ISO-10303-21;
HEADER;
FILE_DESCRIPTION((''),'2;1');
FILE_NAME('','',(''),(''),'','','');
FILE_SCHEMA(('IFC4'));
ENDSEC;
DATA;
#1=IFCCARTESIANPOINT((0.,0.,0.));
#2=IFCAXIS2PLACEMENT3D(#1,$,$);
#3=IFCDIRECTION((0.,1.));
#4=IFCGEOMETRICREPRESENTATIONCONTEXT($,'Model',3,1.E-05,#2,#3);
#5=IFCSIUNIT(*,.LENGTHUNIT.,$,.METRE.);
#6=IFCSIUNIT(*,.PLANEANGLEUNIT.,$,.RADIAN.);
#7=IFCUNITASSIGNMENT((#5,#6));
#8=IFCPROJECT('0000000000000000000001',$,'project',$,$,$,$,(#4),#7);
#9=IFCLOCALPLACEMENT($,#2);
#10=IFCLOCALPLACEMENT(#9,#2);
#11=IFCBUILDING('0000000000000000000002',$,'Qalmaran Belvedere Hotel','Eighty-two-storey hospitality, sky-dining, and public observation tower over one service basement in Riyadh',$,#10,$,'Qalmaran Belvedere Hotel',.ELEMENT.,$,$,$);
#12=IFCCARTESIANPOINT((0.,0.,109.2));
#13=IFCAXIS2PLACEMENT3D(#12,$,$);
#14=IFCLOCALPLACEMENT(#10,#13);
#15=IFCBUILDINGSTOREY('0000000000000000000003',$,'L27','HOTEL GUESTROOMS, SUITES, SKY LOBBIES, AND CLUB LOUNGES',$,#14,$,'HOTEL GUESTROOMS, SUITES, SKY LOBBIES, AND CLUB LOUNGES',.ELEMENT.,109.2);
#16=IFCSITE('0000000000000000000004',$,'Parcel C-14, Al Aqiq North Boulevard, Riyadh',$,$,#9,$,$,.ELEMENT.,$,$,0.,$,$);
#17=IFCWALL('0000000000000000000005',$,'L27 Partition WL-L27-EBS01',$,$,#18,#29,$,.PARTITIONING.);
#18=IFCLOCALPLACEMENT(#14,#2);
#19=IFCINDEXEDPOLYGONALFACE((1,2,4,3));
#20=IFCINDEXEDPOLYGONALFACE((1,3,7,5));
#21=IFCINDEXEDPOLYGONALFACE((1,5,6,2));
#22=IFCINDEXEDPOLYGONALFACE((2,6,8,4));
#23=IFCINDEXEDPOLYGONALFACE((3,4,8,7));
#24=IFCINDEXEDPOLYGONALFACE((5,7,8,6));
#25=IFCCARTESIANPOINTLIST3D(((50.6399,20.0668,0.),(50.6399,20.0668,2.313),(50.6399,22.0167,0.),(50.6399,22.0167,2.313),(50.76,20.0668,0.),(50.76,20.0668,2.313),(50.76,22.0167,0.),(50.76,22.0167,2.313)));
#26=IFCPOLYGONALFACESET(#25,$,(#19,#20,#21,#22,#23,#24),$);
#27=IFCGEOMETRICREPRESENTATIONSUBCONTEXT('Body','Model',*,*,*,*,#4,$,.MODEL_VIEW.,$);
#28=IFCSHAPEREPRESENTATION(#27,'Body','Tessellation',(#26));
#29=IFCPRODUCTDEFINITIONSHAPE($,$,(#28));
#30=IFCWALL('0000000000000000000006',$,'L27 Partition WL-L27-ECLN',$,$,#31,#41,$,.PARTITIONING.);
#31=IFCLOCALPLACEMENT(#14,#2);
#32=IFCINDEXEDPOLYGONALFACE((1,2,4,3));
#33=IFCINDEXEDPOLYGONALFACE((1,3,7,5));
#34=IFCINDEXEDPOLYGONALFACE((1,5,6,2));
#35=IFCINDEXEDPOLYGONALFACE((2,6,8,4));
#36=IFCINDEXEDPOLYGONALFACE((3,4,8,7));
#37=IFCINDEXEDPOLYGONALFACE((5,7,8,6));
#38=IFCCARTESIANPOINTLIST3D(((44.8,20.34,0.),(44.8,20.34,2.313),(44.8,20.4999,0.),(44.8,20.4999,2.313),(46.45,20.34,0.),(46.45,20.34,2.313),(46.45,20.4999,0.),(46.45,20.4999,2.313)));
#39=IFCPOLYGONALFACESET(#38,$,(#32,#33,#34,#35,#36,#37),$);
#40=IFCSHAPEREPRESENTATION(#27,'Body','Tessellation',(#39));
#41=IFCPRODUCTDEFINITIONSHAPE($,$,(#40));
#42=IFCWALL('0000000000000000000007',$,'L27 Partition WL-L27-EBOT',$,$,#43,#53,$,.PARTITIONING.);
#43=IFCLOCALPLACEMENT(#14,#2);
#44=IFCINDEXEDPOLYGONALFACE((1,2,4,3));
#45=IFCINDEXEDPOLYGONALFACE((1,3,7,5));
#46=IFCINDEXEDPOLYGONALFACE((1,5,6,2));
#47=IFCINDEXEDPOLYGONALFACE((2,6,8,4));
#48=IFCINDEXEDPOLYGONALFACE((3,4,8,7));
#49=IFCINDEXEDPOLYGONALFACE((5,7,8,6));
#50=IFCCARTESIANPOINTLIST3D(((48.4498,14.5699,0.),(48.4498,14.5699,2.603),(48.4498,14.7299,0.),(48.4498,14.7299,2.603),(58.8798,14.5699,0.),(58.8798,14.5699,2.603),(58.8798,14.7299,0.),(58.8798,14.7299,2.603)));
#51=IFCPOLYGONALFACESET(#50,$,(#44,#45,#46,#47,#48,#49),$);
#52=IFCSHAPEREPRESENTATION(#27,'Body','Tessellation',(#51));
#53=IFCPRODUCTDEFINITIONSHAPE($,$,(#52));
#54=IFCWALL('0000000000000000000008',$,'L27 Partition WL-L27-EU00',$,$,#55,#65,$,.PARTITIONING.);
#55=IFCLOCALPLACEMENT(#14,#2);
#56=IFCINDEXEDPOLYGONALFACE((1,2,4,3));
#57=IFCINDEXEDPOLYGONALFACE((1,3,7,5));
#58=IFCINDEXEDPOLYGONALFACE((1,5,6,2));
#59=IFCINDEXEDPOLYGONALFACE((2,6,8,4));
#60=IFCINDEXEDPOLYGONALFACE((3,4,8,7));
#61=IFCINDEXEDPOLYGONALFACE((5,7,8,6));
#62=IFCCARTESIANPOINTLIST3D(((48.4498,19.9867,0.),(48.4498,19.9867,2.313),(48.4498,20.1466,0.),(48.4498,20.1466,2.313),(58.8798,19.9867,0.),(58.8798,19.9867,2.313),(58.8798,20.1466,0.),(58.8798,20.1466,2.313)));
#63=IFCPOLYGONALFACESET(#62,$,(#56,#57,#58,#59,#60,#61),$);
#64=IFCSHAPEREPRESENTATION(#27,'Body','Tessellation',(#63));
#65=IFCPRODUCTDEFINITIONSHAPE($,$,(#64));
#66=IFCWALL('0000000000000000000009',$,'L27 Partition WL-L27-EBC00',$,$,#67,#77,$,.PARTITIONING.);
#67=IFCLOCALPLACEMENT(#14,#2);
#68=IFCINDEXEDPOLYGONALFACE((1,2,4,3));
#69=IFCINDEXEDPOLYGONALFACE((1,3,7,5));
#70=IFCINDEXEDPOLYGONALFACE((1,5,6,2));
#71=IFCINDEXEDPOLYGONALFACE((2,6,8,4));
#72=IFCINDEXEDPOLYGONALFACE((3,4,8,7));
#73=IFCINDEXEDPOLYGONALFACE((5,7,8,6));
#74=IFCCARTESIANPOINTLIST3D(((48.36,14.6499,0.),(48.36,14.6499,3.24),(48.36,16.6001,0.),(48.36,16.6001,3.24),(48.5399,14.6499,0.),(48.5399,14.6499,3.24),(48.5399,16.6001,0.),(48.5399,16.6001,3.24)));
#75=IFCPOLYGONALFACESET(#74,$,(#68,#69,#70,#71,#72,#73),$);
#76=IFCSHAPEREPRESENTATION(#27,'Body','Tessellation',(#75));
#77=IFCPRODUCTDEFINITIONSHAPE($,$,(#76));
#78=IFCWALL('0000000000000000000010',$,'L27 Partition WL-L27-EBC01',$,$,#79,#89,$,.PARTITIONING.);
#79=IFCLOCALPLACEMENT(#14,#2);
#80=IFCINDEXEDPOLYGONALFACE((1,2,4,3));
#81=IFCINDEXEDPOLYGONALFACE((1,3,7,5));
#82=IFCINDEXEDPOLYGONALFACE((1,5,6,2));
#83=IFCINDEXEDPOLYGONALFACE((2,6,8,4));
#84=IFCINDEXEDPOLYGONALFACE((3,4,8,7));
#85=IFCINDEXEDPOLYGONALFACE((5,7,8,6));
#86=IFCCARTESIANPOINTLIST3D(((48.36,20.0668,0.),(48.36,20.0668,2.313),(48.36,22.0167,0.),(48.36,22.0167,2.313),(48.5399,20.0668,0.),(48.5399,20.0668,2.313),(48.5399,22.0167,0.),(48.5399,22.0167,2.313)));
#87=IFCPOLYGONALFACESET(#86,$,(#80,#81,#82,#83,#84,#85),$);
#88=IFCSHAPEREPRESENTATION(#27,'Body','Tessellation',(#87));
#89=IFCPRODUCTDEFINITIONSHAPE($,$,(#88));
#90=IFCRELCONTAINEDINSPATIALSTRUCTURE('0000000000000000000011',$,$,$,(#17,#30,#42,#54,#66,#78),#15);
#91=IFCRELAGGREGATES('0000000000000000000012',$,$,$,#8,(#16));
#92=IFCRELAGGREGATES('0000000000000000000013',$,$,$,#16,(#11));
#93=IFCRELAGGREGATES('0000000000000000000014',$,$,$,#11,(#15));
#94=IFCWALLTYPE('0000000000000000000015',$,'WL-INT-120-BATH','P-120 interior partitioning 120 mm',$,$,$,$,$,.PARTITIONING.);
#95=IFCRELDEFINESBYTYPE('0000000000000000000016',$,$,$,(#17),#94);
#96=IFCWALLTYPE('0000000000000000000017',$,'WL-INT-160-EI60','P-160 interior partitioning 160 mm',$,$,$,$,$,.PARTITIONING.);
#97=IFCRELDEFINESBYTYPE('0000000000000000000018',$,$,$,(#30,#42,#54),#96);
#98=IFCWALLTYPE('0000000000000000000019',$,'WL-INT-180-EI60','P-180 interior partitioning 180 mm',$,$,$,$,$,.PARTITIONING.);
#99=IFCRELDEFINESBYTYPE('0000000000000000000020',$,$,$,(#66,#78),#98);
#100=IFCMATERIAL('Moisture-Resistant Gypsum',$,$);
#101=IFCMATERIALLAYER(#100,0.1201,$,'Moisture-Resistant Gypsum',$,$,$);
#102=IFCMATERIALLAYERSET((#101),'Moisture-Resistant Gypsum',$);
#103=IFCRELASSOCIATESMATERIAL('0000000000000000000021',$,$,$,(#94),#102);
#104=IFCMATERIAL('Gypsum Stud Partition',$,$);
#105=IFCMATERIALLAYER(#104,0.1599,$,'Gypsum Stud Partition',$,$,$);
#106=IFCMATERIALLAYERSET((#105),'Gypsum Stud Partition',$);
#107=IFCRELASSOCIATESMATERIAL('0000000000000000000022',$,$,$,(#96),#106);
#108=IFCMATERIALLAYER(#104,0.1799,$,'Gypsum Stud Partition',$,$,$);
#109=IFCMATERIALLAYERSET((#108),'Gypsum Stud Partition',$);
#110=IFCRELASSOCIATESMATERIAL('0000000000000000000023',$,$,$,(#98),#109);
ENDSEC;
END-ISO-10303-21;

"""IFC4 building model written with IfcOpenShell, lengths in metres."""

from ifc_helpers import new_model, si_unit, direction, frame, frame_2d, origin, place, context, subcontext, project, spatial, rectangle, extrude, material, layer, layer_set, type_object, element, save


model = new_model("IFC4")

# Units and contexts
model_context = context("Model", 3, precision=1e-05, world=origin(), true_north=direction((0.0, 1.0)))
body_context = subcontext(model_context, "Body", "Model", "MODEL_VIEW")
ifc_project = project(units=[si_unit("LENGTHUNIT", "METRE"), si_unit("PLANEANGLEUNIT", "RADIAN")], contexts=[model_context])

# Site, building, storey
site_placement = place(None, origin())
site = spatial("IfcSite", under=ifc_project, at=site_placement, Name="Parcel C-14, Al Aqiq North Boulevard, Riyadh", CompositionType="ELEMENT", RefElevation=0.0)
building_placement = place(site_placement, origin())
building = spatial("IfcBuilding", under=site, at=building_placement, Name="Qalmaran Belvedere Hotel", Description="Eighty-two-storey hospitality, sky-dining, and public observation tower over one service basement in Riyadh", LongName="Qalmaran Belvedere Hotel", CompositionType="ELEMENT")
storey_placement = place(building_placement, frame((0.0, 0.0, 109.2)))
storey = spatial("IfcBuildingStorey", under=building, at=storey_placement, Name="L27", Description="HOTEL GUESTROOMS, SUITES, SKY LOBBIES, AND CLUB LOUNGES", LongName="HOTEL GUESTROOMS, SUITES, SKY LOBBIES, AND CLUB LOUNGES", CompositionType="ELEMENT", Elevation=109.2)

# Shared definitions
ifc_material_1 = material(Name="Moisture-Resistant Gypsum")
ifc_layer_1 = layer(ifc_material_1, 0.1201, Name="Moisture-Resistant Gypsum")
ifc_layer_set_1 = layer_set([ifc_layer_1], Name="Moisture-Resistant Gypsum")
wall_type_1 = type_object("IfcWallType", Name="WL-INT-120-BATH", Description="P-120 interior partitioning 120 mm", PredefinedType="PARTITIONING", material=ifc_layer_set_1)

# Walls
wall_1_placement = place(storey_placement, frame((50.7, 20.0667, 0.0), z_axis=(0.0, 0.0, 1.0), x_axis=(0.0, 1.0, 0.0)))
element("IfcWall", 1, at=wall_1_placement, inside=storey, type_object=wall_type_1, Name="L27 Partition WL-L27-EBS01", PredefinedType="PARTITIONING", context=body_context, shape_type="SweptSolid", body=[
    extrude(rectangle(XDim=1.95, YDim=0.1201, at=frame_2d((0.9751, 0.0))), origin(), (0.0, 0.0, 1.0), 2.313),
])
ifc_material_2 = material(Name="Gypsum Stud Partition")
ifc_layer_2 = layer(ifc_material_2, 0.1599, Name="Gypsum Stud Partition")
ifc_layer_set_2 = layer_set([ifc_layer_2], Name="Gypsum Stud Partition")
wall_type_2 = type_object("IfcWallType", Name="WL-INT-160-EI60", Description="P-160 interior partitioning 160 mm", PredefinedType="PARTITIONING", material=ifc_layer_set_2)
wall_2_placement = place(storey_placement, frame((44.8, 20.4199, 0.0), z_axis=(0.0, 0.0, 1.0), x_axis=(1.0, 0.0, 0.0)))
element("IfcWall", 2, at=wall_2_placement, inside=storey, type_object=wall_type_2, Name="L27 Partition WL-L27-ECLN", PredefinedType="PARTITIONING", context=body_context, shape_type="SweptSolid", body=[
    extrude(rectangle(XDim=1.6499, YDim=0.1599, at=frame_2d((0.825, 0.0))), origin(), (0.0, 0.0, 1.0), 2.313),
])
wall_3_placement = place(storey_placement, frame((48.45, 14.6499, 0.0), z_axis=(0.0, 0.0, 1.0), x_axis=(1.0, 0.0, 0.0)))
element("IfcWall", 3, at=wall_3_placement, inside=storey, type_object=wall_type_2, Name="L27 Partition WL-L27-EBOT", PredefinedType="PARTITIONING", context=body_context, shape_type="SweptSolid", body=[
    extrude(rectangle(XDim=10.4299, YDim=0.1599, at=frame_2d((5.2148, 0.0))), origin(), (0.0, 0.0, 1.0), 2.603),
])
wall_4_placement = place(storey_placement, frame((48.45, 20.0667, 0.0), z_axis=(0.0, 0.0, 1.0), x_axis=(1.0, 0.0, 0.0)))
element("IfcWall", 4, at=wall_4_placement, inside=storey, type_object=wall_type_2, Name="L27 Partition WL-L27-EU00", PredefinedType="PARTITIONING", context=body_context, shape_type="SweptSolid", body=[
    extrude(rectangle(XDim=10.4299, YDim=0.1599, at=frame_2d((5.2148, 0.0))), origin(), (0.0, 0.0, 1.0), 2.313),
])
ifc_layer_3 = layer(ifc_material_2, 0.1799, Name="Gypsum Stud Partition")
ifc_layer_set_3 = layer_set([ifc_layer_3], Name="Gypsum Stud Partition")
wall_type_3 = type_object("IfcWallType", Name="WL-INT-180-EI60", Description="P-180 interior partitioning 180 mm", PredefinedType="PARTITIONING", material=ifc_layer_set_3)
wall_5_placement = place(storey_placement, frame((48.45, 14.6499, 0.0), z_axis=(0.0, 0.0, 1.0), x_axis=(0.0, 1.0, 0.0)))
element("IfcWall", 5, at=wall_5_placement, inside=storey, type_object=wall_type_3, Name="L27 Partition WL-L27-EBC00", PredefinedType="PARTITIONING", context=body_context, shape_type="SweptSolid", body=[
    extrude(rectangle(XDim=1.9502, YDim=0.1799, at=frame_2d((0.9751, 0.0))), origin(), (0.0, 0.0, 1.0), 3.24),
])

# Wall
wall_6_placement = place(storey_placement, frame((48.45, 20.0667, 0.0), z_axis=(0.0, 0.0, 1.0), x_axis=(0.0, 1.0, 0.0)))
element("IfcWall", 6, at=wall_6_placement, inside=storey, type_object=wall_type_3, Name="L27 Partition WL-L27-EBC01", PredefinedType="PARTITIONING", context=body_context, shape_type="SweptSolid", body=[
    extrude(rectangle(XDim=1.95, YDim=0.1799, at=frame_2d((0.9751, 0.0))), origin(), (0.0, 0.0, 1.0), 2.313),
])

save(model, "model.ifc")
